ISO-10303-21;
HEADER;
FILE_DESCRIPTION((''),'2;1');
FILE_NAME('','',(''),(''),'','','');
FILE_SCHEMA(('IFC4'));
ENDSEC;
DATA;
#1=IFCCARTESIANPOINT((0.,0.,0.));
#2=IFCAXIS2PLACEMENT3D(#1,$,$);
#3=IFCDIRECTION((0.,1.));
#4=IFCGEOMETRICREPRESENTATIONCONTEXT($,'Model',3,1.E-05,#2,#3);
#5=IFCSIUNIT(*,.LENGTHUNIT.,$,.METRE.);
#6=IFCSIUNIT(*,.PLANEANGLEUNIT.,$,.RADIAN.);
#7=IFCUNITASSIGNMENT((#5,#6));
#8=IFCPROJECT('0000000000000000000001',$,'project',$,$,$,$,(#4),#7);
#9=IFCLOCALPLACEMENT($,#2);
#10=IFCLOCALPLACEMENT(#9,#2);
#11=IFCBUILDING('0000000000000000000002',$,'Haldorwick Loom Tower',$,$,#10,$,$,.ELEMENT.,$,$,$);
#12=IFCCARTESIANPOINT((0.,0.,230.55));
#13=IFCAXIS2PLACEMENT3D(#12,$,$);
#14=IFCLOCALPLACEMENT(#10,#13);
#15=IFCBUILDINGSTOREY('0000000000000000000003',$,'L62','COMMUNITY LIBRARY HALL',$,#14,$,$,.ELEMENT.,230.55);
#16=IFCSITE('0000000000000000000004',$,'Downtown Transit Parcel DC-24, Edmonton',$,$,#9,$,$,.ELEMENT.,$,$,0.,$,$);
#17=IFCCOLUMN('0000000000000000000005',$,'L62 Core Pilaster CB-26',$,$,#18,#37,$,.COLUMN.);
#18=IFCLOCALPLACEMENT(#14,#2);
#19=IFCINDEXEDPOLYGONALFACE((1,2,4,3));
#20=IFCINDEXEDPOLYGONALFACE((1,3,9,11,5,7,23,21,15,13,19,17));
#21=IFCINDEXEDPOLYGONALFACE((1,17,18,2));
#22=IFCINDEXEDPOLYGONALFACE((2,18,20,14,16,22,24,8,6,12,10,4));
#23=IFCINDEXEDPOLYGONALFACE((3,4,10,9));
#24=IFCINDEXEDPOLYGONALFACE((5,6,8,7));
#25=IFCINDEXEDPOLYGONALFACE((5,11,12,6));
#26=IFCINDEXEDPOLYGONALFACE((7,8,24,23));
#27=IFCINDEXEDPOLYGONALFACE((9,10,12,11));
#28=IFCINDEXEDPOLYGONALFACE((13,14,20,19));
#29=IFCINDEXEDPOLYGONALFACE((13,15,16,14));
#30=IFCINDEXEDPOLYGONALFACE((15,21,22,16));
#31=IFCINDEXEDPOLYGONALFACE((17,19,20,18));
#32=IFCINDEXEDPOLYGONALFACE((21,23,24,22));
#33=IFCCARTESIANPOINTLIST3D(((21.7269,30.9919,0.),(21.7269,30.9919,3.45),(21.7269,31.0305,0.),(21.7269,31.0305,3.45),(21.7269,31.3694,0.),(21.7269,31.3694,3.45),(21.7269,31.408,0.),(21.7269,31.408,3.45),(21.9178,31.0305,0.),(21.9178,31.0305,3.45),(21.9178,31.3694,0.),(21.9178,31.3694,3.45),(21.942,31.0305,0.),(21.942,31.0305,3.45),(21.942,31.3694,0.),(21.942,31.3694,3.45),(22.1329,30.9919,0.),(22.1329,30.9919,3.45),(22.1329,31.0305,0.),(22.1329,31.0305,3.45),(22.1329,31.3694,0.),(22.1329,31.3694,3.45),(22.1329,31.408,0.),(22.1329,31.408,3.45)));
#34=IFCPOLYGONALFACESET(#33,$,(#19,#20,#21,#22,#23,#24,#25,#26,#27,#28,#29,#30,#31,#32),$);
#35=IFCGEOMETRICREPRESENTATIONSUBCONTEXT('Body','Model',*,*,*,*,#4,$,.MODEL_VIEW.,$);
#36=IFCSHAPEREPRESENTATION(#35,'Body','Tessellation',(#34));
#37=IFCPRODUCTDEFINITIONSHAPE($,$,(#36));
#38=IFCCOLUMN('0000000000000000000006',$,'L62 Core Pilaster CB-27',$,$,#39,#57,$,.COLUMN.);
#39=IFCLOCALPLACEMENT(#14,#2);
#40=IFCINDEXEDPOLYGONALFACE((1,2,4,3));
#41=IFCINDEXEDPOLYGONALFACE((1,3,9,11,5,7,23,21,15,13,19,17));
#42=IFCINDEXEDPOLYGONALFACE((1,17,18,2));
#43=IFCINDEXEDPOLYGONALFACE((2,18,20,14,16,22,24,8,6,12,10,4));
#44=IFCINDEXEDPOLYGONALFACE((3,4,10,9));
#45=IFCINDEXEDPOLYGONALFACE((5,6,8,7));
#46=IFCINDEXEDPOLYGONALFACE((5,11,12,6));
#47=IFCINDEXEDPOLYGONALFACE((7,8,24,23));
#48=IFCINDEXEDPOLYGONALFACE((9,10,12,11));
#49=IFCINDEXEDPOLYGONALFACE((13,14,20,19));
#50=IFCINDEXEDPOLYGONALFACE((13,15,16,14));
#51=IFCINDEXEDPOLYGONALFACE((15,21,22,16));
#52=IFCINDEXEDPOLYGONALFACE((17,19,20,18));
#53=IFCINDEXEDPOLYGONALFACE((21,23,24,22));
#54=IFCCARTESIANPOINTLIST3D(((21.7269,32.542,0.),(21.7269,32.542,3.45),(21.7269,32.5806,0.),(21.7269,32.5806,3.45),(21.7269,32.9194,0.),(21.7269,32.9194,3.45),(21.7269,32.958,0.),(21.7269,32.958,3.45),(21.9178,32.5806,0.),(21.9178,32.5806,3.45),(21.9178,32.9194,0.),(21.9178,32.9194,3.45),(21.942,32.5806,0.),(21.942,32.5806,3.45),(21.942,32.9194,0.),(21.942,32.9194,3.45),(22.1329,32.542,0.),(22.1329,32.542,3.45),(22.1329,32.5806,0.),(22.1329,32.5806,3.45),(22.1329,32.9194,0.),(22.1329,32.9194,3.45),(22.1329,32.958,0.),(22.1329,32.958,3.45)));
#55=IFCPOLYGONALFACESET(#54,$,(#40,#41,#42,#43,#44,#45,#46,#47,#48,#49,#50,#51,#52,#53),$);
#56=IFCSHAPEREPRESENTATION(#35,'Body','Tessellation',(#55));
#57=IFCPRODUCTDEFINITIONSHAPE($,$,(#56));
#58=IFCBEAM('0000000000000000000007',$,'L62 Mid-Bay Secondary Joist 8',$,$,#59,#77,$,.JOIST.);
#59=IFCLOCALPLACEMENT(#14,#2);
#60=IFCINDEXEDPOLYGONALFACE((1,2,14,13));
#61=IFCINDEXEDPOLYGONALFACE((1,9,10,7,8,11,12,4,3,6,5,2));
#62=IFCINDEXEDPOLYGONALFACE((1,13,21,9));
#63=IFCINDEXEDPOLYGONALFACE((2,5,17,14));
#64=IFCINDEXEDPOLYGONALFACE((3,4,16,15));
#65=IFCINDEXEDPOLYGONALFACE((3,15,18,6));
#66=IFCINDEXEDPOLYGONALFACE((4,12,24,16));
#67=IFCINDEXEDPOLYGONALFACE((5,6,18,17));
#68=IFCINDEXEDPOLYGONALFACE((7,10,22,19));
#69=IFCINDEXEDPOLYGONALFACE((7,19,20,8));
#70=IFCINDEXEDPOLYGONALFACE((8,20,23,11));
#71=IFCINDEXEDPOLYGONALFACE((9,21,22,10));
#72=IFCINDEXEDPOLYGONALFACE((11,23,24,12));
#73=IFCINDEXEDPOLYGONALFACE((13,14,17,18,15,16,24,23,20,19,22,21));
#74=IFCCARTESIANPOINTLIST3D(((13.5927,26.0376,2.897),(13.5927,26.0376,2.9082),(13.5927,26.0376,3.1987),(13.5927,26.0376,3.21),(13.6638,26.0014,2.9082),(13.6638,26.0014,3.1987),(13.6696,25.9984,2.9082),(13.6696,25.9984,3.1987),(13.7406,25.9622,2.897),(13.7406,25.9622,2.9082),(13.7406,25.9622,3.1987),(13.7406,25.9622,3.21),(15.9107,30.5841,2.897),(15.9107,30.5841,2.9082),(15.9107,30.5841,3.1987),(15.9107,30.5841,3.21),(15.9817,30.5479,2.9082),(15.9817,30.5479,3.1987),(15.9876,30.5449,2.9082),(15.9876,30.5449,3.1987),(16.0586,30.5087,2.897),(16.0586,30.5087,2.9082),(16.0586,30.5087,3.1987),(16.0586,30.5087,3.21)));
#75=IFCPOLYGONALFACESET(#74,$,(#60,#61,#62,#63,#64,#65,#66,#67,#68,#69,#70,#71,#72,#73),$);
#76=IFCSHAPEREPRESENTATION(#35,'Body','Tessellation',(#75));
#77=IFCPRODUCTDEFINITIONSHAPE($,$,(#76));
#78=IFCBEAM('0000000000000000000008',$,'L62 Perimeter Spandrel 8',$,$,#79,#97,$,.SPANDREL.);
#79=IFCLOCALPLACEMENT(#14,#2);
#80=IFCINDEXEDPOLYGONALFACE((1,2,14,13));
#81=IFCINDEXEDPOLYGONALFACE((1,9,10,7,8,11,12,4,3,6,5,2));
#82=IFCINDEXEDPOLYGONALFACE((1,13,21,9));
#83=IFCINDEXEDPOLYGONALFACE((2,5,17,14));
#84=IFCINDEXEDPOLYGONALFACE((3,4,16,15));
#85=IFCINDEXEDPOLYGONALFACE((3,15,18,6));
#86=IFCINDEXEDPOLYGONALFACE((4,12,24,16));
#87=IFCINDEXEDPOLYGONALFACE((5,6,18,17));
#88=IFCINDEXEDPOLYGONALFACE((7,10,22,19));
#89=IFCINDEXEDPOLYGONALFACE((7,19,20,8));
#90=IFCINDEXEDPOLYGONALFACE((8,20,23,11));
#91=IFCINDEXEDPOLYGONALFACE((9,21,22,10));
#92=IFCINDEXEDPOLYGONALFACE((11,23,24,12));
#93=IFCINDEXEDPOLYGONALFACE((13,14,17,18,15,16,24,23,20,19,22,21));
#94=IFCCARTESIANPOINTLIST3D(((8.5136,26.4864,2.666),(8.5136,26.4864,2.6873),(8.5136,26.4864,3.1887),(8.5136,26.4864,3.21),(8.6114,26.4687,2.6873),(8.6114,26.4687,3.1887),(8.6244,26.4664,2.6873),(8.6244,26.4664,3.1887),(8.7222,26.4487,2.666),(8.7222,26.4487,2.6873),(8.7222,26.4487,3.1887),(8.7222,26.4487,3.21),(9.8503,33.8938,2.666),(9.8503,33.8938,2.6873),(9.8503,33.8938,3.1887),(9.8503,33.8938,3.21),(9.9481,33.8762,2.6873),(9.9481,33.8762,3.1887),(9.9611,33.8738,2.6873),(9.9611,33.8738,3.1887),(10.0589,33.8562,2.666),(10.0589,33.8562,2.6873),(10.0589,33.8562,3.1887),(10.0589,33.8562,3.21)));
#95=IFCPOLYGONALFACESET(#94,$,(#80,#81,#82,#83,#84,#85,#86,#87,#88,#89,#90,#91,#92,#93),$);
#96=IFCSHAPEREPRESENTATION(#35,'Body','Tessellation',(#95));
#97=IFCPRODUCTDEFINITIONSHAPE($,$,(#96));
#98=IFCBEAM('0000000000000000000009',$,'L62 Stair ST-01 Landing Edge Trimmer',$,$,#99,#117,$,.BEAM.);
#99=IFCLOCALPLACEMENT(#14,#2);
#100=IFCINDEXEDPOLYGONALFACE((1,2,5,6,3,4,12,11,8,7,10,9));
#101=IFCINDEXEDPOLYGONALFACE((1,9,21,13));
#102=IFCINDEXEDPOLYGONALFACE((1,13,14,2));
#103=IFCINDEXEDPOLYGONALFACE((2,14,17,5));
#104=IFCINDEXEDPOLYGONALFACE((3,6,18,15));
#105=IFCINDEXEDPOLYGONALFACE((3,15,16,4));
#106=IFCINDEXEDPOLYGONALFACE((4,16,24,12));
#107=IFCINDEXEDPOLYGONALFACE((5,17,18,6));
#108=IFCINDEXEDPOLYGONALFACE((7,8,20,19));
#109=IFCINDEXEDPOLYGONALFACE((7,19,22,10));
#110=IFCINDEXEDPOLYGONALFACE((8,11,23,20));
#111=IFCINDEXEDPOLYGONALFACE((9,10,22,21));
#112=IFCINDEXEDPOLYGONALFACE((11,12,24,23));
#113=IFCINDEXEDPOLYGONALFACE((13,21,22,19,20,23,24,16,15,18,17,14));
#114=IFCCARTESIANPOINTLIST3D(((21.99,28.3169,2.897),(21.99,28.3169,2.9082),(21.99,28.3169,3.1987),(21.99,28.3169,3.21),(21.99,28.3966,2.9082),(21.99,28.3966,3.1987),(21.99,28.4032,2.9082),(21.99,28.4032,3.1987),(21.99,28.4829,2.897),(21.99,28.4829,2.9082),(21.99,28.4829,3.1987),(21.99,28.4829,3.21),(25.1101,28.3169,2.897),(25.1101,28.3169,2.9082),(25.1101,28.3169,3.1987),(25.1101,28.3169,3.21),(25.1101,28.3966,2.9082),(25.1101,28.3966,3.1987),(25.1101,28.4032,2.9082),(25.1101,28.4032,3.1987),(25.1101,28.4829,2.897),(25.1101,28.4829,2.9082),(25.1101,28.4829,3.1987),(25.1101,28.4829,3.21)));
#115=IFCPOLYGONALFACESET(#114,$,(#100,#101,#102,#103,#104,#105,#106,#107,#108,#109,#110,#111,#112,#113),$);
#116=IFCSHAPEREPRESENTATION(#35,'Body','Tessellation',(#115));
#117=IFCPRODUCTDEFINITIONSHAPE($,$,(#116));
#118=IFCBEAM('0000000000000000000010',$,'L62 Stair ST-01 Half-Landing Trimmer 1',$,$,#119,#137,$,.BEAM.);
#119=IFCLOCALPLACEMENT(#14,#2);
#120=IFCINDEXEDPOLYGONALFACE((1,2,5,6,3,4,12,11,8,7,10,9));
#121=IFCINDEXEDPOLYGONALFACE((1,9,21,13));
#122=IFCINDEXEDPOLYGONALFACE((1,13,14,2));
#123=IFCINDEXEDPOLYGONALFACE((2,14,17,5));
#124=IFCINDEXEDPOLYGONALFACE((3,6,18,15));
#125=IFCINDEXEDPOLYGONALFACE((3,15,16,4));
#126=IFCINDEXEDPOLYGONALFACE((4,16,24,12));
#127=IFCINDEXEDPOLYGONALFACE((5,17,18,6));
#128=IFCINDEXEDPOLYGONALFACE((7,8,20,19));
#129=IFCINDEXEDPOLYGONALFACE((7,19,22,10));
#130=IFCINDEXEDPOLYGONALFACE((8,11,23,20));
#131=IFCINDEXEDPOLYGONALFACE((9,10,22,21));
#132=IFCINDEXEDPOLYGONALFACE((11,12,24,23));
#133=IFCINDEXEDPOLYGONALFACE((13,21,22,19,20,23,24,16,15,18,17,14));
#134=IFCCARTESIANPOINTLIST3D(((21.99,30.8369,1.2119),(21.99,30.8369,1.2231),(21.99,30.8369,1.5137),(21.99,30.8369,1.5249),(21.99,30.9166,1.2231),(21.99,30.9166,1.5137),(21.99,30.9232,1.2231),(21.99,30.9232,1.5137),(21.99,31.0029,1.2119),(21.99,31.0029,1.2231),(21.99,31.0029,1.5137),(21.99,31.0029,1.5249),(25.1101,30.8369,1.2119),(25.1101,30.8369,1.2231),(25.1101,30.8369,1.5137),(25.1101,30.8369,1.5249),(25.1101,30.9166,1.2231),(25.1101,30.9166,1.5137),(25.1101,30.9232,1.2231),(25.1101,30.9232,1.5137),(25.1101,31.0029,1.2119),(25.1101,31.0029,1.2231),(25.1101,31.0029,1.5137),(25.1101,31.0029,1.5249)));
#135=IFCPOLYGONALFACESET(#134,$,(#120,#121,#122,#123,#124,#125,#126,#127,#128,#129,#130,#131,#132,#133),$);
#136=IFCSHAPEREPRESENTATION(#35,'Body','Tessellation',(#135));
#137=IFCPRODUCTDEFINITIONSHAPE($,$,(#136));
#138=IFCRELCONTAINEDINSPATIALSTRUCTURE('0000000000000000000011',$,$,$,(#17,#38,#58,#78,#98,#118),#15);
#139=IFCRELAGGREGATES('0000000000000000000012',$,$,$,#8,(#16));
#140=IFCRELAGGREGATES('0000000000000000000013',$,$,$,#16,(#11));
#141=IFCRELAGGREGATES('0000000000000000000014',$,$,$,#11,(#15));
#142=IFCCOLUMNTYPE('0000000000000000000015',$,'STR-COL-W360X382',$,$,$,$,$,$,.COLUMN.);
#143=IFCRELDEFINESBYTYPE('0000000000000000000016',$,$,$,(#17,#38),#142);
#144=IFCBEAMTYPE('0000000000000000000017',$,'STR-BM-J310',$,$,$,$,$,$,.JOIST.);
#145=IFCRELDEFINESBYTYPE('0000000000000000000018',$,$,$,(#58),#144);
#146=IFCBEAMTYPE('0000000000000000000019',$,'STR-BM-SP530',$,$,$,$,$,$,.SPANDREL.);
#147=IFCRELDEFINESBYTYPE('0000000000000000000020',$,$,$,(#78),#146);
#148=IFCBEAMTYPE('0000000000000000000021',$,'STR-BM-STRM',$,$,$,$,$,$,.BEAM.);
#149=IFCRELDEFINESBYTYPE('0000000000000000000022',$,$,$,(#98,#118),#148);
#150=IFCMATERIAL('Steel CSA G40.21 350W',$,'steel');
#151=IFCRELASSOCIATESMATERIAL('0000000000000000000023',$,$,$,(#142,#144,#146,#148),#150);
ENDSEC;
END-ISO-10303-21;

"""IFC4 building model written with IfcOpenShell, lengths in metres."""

from ifc_helpers import new_model, si_unit, direction, frame, origin, origin_2d, place, context, subcontext, project, spatial, i_section, extrude, material, material_profile, profile_set, type_object, element, save


model = new_model("IFC4")

# Units and contexts
model_context = context("Model", 3, precision=1e-05, world=origin(), true_north=direction((0.0, 1.0)))
body_context = subcontext(model_context, "Body", "Model", "MODEL_VIEW")
ifc_project = project(units=[si_unit("LENGTHUNIT", "METRE"), si_unit("PLANEANGLEUNIT", "RADIAN")], contexts=[model_context])

# Site, building, storey
site_placement = place(None, origin())
site = spatial("IfcSite", under=ifc_project, at=site_placement, Name="Downtown Transit Parcel DC-24, Edmonton", CompositionType="ELEMENT", RefElevation=0.0)
building_placement = place(site_placement, origin())
building = spatial("IfcBuilding", under=site, at=building_placement, Name="Haldorwick Loom Tower", CompositionType="ELEMENT")
storey_placement = place(building_placement, frame((0.0, 0.0, 230.55)))
storey = spatial("IfcBuildingStorey", under=building, at=storey_placement, Name="L62", Description="COMMUNITY LIBRARY HALL", CompositionType="ELEMENT", Elevation=230.55)

# Columns
ifc_material_1 = material(Name="Steel CSA G40.21 350W", Category="steel")
ifc_material_profile_1 = material_profile(ifc_material_1, i_section(OverallWidth=0.406, OverallDepth=0.416, WebThickness=0.0242, FlangeThickness=0.0386, at=origin_2d()), Name="W360X382", Category="steel")
ifc_profile_set_1 = profile_set([ifc_material_profile_1], Name="Steel CSA G40.21 350W")
column_type = type_object("IfcColumnType", Name="STR-COL-W360X382", PredefinedType="COLUMN", material=ifc_profile_set_1)
for number, where, z_axis, x_axis, name in (
    (1, (21.9299, 31.2, 0.0), (0.0, 0.0, 1.0), (1.0, 0.0, 0.0), "L62 Core Pilaster CB-26"),
    (2, (21.9299, 32.75, 0.0), (0.0, 0.0, 1.0), (1.0, 0.0, 0.0), "L62 Core Pilaster CB-27"),
):
    element("IfcColumn", number, at=place(storey_placement, frame(where, z_axis=z_axis, x_axis=x_axis)), inside=storey, type_object=column_type, Name=name, PredefinedType="COLUMN", context=body_context, shape_type="SweptSolid", body=[
        extrude(i_section(OverallWidth=0.406, OverallDepth=0.416, WebThickness=0.0242, FlangeThickness=0.0386, at=origin_2d()), origin(), (0.0, 0.0, 1.0), 3.45),
    ])

# Beams
ifc_material_profile_2 = material_profile(ifc_material_1, i_section(OverallWidth=0.166, OverallDepth=0.313, WebThickness=0.0066, FlangeThickness=0.0112, at=origin_2d()), Name="W310X45", Category="steel")
ifc_profile_set_2 = profile_set([ifc_material_profile_2], Name="Steel CSA G40.21 350W")
beam_type_1 = type_object("IfcBeamType", Name="STR-BM-J310", PredefinedType="JOIST", material=ifc_profile_set_2)
beam_1_placement = place(storey_placement, frame((15.9846, 30.5464, 3.0535), z_axis=(-0.454204, -0.890898, 0.0), x_axis=(0.890898, -0.454204, 0.0)))
element("IfcBeam", 3, at=beam_1_placement, inside=storey, type_object=beam_type_1, Name="L62 Mid-Bay Secondary Joist 8", PredefinedType="JOIST", context=body_context, shape_type="SweptSolid", body=[
    extrude(i_section(OverallWidth=0.166, OverallDepth=0.313, WebThickness=0.0066, FlangeThickness=0.0112, at=origin_2d()), origin(), (0.0, 0.0, 1.0), 5.1033),
])
ifc_material_profile_3 = material_profile(ifc_material_1, i_section(OverallWidth=0.2119, OverallDepth=0.5439, WebThickness=0.0132, FlangeThickness=0.0212, at=origin_2d()), Name="W530X123", Category="steel")
ifc_profile_set_3 = profile_set([ifc_material_profile_3], Name="Steel CSA G40.21 350W")
beam_type_2 = type_object("IfcBeamType", Name="STR-BM-SP530", PredefinedType="SPANDREL", material=ifc_profile_set_3)
beam_2_placement = place(storey_placement, frame((9.9546, 33.875, 2.938), z_axis=(-0.177581, -0.984106, 0.0), x_axis=(0.984106, -0.177581, 0.0)))
element("IfcBeam", 4, at=beam_2_placement, inside=storey, type_object=beam_type_2, Name="L62 Perimeter Spandrel 8", PredefinedType="SPANDREL", context=body_context, shape_type="SweptSolid", body=[
    extrude(i_section(OverallWidth=0.2119, OverallDepth=0.5439, WebThickness=0.0132, FlangeThickness=0.0212, at=origin_2d()), origin(), (0.0, 0.0, 1.0), 7.5271),
])
ifc_material_profile_4 = material_profile(ifc_material_1, i_section(OverallWidth=0.166, OverallDepth=0.313, WebThickness=0.0066, FlangeThickness=0.0112, at=origin_2d()), Name="W310X45", Category="steel")
ifc_profile_set_4 = profile_set([ifc_material_profile_4], Name="Steel CSA G40.21 350W")
beam_type_3 = type_object("IfcBeamType", Name="STR-BM-STRM", PredefinedType="BEAM", material=ifc_profile_set_4)
for number, where, z_axis, x_axis, name in (
    (5, (21.99, 28.3999, 3.0535), (1.0, 0.0, 0.0), (0.0, 1.0, 0.0), "L62 Stair ST-01 Landing Edge Trimmer"),
    (6, (21.99, 30.9199, 1.3684), (1.0, 0.0, 0.0), (0.0, 1.0, 0.0), "L62 Stair ST-01 Half-Landing Trimmer 1"),
):
    element("IfcBeam", number, at=place(storey_placement, frame(where, z_axis=z_axis, x_axis=x_axis)), inside=storey, type_object=beam_type_3, Name=name, PredefinedType="BEAM", context=body_context, shape_type="SweptSolid", body=[
        extrude(i_section(OverallWidth=0.166, OverallDepth=0.313, WebThickness=0.0066, FlangeThickness=0.0112, at=origin_2d()), origin(), (0.0, 0.0, 1.0), 3.1201),
    ])

save(model, "model.ifc")
